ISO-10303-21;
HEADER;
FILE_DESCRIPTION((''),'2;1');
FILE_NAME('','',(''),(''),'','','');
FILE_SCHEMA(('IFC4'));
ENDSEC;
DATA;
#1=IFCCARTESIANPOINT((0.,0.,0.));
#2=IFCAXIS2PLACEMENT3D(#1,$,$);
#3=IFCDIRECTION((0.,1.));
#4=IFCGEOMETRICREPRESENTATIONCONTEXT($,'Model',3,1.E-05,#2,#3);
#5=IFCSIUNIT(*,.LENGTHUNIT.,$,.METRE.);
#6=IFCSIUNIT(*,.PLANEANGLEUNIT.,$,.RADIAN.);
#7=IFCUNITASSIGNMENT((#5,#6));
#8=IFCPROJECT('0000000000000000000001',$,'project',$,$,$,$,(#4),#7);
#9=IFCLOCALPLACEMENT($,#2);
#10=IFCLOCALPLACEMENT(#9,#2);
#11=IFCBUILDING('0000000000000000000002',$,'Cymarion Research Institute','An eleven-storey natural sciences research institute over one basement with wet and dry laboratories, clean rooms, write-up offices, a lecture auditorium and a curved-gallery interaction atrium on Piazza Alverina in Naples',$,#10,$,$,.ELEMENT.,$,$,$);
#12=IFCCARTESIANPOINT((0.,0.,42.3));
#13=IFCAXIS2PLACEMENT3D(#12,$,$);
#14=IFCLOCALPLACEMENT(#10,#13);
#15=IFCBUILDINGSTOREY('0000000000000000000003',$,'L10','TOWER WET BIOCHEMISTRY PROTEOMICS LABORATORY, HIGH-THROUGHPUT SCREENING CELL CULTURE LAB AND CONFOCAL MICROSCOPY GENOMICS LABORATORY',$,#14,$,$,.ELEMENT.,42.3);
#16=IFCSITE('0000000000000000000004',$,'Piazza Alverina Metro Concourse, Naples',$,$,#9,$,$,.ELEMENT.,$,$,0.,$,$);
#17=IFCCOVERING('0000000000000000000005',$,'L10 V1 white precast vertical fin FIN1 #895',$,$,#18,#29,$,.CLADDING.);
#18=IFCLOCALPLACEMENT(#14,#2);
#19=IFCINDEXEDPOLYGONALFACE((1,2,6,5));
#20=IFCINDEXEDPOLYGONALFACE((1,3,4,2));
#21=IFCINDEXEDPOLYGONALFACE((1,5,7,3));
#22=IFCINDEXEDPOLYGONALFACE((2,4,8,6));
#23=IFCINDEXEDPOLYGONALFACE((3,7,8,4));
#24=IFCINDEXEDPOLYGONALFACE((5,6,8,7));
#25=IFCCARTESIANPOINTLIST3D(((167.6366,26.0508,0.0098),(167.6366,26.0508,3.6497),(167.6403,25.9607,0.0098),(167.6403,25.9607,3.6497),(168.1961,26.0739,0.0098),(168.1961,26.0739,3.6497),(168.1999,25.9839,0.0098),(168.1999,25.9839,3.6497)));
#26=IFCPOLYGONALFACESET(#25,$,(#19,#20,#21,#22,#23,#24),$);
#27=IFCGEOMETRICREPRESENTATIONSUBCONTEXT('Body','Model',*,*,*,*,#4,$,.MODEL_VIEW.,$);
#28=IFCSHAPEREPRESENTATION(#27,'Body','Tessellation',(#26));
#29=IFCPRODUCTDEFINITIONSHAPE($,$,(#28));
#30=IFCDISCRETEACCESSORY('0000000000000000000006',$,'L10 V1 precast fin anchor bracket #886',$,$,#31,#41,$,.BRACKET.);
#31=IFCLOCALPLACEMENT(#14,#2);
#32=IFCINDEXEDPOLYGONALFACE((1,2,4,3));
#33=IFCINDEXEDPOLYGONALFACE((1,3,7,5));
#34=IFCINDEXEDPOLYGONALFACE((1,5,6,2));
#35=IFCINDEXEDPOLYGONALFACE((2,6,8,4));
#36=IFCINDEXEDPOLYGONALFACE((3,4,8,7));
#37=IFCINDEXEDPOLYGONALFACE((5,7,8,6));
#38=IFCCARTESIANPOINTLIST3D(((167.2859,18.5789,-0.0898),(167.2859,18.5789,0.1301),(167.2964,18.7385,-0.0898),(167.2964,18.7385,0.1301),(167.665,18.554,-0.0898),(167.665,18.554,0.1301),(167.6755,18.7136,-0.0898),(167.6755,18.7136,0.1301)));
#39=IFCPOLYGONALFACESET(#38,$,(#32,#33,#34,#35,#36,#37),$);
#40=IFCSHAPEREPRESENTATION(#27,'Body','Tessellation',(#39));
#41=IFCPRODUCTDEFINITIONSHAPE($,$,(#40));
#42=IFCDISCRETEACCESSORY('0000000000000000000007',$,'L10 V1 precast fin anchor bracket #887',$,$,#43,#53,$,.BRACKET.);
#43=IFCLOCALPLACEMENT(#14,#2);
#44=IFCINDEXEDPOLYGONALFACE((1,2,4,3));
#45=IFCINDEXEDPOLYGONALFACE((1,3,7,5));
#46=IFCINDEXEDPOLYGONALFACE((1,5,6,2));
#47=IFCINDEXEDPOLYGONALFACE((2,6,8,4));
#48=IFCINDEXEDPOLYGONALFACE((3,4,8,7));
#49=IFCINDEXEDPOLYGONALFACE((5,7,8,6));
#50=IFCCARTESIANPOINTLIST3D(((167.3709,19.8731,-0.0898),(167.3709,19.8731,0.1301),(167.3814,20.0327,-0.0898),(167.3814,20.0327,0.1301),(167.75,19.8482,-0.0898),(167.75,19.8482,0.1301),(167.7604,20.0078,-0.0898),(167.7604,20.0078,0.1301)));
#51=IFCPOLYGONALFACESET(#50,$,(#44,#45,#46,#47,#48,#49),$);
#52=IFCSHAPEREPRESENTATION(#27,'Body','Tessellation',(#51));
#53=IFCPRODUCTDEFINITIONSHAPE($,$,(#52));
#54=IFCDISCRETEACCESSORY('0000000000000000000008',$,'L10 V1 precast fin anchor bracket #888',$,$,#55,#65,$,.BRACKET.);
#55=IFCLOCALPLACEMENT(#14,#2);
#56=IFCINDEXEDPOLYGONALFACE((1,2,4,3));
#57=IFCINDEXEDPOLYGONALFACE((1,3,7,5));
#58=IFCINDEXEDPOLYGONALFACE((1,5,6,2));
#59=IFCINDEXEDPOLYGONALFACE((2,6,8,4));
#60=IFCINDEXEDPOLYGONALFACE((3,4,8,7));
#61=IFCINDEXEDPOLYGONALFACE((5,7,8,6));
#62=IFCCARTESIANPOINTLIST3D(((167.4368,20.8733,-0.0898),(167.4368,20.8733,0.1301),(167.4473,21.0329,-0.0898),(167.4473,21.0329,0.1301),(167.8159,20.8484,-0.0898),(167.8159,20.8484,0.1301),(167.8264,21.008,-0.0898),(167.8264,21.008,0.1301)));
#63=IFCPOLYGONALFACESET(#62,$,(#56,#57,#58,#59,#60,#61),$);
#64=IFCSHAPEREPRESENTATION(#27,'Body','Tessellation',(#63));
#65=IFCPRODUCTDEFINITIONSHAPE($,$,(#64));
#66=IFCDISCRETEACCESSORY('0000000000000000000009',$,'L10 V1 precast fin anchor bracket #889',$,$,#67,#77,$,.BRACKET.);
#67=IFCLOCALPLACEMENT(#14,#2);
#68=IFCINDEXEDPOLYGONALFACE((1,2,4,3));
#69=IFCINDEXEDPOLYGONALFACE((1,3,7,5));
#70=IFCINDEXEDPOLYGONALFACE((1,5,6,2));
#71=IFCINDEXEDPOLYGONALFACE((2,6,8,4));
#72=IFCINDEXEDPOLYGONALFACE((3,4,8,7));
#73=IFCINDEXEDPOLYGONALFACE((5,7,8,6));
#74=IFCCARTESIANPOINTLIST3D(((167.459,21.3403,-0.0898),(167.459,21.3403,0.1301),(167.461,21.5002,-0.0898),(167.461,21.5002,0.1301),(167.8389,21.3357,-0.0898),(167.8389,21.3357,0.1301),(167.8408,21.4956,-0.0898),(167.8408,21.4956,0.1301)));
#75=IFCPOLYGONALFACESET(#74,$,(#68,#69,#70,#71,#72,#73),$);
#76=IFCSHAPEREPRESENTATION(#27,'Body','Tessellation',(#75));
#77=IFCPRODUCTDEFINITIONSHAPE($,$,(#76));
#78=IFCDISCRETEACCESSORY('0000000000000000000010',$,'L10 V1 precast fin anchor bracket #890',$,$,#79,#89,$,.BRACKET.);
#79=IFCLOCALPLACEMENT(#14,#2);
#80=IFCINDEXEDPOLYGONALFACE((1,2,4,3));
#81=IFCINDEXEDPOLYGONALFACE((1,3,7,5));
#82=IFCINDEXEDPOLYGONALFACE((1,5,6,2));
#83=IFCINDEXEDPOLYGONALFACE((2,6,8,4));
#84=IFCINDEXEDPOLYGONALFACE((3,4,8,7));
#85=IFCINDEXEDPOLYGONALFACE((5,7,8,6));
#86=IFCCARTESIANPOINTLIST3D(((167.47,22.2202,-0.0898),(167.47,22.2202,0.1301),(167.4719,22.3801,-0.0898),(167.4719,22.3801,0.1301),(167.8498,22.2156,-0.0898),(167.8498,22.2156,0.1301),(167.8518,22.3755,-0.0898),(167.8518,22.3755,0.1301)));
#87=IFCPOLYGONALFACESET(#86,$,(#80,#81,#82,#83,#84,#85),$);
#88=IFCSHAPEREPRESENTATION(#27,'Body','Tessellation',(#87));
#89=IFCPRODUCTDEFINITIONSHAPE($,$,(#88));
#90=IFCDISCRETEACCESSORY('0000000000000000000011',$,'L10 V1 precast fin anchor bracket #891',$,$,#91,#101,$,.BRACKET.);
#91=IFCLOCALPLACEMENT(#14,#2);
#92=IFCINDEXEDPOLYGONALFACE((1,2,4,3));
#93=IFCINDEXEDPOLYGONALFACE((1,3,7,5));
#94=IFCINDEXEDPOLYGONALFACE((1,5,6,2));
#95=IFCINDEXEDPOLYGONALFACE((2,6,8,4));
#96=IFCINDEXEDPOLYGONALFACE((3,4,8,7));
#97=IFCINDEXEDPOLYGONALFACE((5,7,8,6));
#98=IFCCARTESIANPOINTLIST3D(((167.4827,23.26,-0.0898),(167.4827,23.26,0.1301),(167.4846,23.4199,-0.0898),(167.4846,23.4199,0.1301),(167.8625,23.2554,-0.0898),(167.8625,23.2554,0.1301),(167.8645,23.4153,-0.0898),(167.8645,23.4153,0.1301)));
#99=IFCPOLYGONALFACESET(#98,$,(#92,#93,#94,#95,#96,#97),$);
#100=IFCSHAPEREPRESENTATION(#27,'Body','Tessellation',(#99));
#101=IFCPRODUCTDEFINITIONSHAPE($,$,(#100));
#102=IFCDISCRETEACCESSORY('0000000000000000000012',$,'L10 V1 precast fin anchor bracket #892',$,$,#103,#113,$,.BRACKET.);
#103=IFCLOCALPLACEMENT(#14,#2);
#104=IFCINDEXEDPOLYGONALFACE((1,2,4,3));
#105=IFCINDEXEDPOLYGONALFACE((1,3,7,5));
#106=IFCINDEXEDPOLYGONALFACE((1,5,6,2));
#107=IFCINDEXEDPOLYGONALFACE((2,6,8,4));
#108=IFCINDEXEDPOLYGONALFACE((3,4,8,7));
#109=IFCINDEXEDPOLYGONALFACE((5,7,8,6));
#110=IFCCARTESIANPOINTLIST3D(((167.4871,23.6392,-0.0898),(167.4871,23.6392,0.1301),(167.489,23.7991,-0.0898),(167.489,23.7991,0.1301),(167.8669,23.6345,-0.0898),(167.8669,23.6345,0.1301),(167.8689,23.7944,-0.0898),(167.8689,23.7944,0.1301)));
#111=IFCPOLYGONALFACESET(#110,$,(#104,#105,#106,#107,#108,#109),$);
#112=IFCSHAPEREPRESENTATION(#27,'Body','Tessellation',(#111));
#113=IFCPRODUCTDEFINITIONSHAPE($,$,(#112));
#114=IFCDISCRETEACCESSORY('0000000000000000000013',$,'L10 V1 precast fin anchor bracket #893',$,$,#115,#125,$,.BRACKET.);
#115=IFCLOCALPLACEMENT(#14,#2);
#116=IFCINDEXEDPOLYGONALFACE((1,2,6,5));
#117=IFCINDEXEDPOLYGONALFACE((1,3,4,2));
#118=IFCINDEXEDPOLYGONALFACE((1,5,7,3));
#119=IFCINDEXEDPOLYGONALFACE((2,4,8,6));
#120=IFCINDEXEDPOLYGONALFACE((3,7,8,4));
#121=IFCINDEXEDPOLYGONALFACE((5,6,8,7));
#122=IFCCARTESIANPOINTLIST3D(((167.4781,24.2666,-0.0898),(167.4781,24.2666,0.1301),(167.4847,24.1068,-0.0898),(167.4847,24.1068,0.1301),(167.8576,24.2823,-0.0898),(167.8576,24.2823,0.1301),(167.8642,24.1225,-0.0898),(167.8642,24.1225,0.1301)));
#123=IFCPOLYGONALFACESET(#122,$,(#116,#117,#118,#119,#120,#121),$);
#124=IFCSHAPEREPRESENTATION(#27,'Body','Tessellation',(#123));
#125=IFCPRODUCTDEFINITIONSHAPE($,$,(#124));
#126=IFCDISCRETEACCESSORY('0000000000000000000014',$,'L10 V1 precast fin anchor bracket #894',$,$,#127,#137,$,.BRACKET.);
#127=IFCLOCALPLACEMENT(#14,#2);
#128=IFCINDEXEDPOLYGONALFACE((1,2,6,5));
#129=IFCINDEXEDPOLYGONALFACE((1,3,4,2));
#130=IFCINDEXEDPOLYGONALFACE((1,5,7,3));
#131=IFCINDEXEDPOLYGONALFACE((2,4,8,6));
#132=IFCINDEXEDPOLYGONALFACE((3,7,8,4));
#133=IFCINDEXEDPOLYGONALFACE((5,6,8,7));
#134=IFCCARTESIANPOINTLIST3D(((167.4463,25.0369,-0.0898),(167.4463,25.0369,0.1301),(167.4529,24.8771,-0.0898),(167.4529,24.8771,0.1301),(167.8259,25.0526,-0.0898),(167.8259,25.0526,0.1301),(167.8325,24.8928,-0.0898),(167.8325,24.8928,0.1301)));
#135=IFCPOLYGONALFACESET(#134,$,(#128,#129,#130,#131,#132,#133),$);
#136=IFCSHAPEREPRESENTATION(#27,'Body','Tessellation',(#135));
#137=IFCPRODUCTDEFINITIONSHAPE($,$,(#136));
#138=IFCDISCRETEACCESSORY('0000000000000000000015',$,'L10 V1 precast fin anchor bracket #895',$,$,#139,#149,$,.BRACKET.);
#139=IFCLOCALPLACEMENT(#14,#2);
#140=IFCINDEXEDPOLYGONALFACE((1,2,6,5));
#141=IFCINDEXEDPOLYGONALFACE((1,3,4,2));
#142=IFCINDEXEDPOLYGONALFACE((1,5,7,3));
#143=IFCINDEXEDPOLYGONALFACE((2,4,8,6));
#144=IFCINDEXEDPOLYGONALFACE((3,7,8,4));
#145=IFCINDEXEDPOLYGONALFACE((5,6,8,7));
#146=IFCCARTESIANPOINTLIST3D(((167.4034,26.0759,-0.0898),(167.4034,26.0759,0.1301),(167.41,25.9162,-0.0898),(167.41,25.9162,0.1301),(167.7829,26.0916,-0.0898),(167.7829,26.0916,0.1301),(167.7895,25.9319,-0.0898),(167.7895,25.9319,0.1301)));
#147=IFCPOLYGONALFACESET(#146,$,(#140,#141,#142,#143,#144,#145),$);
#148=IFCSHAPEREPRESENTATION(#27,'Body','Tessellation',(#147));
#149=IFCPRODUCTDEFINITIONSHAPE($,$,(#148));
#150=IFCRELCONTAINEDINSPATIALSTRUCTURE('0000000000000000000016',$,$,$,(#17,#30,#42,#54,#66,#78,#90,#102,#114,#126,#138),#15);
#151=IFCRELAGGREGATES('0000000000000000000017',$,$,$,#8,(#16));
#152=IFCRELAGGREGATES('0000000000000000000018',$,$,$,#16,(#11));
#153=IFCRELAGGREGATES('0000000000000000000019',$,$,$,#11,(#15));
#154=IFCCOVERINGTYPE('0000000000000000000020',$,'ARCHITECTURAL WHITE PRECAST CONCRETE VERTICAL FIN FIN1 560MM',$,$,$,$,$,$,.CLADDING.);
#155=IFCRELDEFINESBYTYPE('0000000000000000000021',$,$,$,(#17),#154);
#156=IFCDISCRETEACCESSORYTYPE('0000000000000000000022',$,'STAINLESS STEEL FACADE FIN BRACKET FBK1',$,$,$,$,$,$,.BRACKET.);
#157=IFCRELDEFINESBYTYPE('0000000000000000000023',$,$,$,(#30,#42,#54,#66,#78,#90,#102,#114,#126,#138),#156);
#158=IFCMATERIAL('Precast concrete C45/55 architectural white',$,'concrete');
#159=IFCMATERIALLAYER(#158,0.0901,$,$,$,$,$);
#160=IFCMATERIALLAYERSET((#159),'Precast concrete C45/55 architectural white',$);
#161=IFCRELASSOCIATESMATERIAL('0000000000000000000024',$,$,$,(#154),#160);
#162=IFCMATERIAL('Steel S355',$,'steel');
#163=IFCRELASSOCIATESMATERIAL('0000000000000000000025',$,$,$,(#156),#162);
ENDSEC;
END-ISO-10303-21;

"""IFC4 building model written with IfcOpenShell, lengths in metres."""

from ifc_helpers import new_model, si_unit, direction, frame, origin, origin_2d, place, context, subcontext, project, spatial, rectangle, extrude, material, layer, layer_set, type_object, element, save


model = new_model("IFC4")

# Units and contexts
model_context = context("Model", 3, precision=1e-05, world=origin(), true_north=direction((0.0, 1.0)))
body_context = subcontext(model_context, "Body", "Model", "MODEL_VIEW")
ifc_project = project(units=[si_unit("LENGTHUNIT", "METRE"), si_unit("PLANEANGLEUNIT", "RADIAN")], contexts=[model_context])

# Site, building, storey
site_placement = place(None, origin())
site = spatial("IfcSite", under=ifc_project, at=site_placement, Name="Piazza Alverina Metro Concourse, Naples", CompositionType="ELEMENT", RefElevation=0.0)
building_placement = place(site_placement, origin())
building = spatial("IfcBuilding", under=site, at=building_placement, Name="Cymarion Research Institute", Description="An eleven-storey natural sciences research institute over one basement with wet and dry laboratories, clean rooms, write-up offices, a lecture auditorium and a curved-gallery interaction atrium on Piazza Alverina in Naples", CompositionType="ELEMENT")
storey_placement = place(building_placement, frame((0.0, 0.0, 42.3)))
storey = spatial("IfcBuildingStorey", under=building, at=storey_placement, Name="L10", Description="TOWER WET BIOCHEMISTRY PROTEOMICS LABORATORY, HIGH-THROUGHPUT SCREENING CELL CULTURE LAB AND CONFOCAL MICROSCOPY GENOMICS LABORATORY", CompositionType="ELEMENT", Elevation=42.3)

# Shared definitions
ifc_material_1 = material(Name="Steel S355", Category="steel")

# Covering
ifc_material_2 = material(Name="Precast concrete C45/55 architectural white", Category="concrete")
ifc_layer_1 = layer(ifc_material_2, 0.0901)
ifc_layer_set_1 = layer_set([ifc_layer_1], Name="Precast concrete C45/55 architectural white")
covering_type = type_object("IfcCoveringType", Name="ARCHITECTURAL WHITE PRECAST CONCRETE VERTICAL FIN FIN1 560MM", PredefinedType="CLADDING", material=ifc_layer_set_1)
for number, where, z_axis, x_axis, name in (
    (1, (167.9182, 26.0173, 0.0098), (0.0, 0.0, 1.0), (0.999145, 0.041353, 0.0), "L10 V1 white precast vertical fin FIN1 #895"),
):
    element("IfcCovering", number, at=place(storey_placement, frame(where, z_axis=z_axis, x_axis=x_axis)), inside=storey, type_object=covering_type, Name=name, PredefinedType="CLADDING", context=body_context, shape_type="SweptSolid", body=[
        extrude(rectangle(XDim=0.5601, YDim=0.0901, at=origin_2d()), origin(), (0.0, 0.0, 1.0), 3.6399),
    ])

# Discrete accessories
discrete_accessory_type = type_object("IfcDiscreteAccessoryType", Name="STAINLESS STEEL FACADE FIN BRACKET FBK1", PredefinedType="BRACKET", material=ifc_material_1)
for number, where, z_axis, x_axis, name in (
    (2, (167.4807, 18.6462, -0.0898), (0.0, 0.0, 1.0), (0.997847, -0.065577, 0.0), "L10 V1 precast fin anchor bracket #886"),
    (3, (167.5657, 19.9404, -0.0898), (0.0, 0.0, 1.0), (0.997847, -0.065577, 0.0), "L10 V1 precast fin anchor bracket #887"),
    (4, (167.6316, 20.9407, -0.0898), (0.0, 0.0, 1.0), (0.997847, -0.065577, 0.0), "L10 V1 precast fin anchor bracket #888"),
    (5, (167.6499, 21.418, -0.0898), (0.0, 0.0, 1.0), (0.999925, -0.012217, 0.0), "L10 V1 precast fin anchor bracket #889"),
    (6, (167.6609, 22.2979, -0.0898), (0.0, 0.0, 1.0), (0.999925, -0.012217, 0.0), "L10 V1 precast fin anchor bracket #890"),
    (7, (167.6736, 23.3376, -0.0898), (0.0, 0.0, 1.0), (0.999925, -0.012217, 0.0), "L10 V1 precast fin anchor bracket #891"),
    (8, (167.678, 23.7168, -0.0898), (0.0, 0.0, 1.0), (0.999925, -0.012217, 0.0), "L10 V1 precast fin anchor bracket #892"),
    (9, (167.6711, 24.1946, -0.0898), (0.0, 0.0, 1.0), (0.999145, 0.041353, 0.0), "L10 V1 precast fin anchor bracket #893"),
    (10, (167.6394, 24.9648, -0.0898), (0.0, 0.0, 1.0), (0.999145, 0.041353, 0.0), "L10 V1 precast fin anchor bracket #894"),
    (11, (167.5964, 26.0039, -0.0898), (0.0, 0.0, 1.0), (0.999145, 0.041353, 0.0), "L10 V1 precast fin anchor bracket #895"),
):
    element("IfcDiscreteAccessory", number, at=place(storey_placement, frame(where, z_axis=z_axis, x_axis=x_axis)), inside=storey, type_object=discrete_accessory_type, Name=name, PredefinedType="BRACKET", context=body_context, shape_type="SweptSolid", body=[
        extrude(rectangle(XDim=0.3799, YDim=0.1599, at=origin_2d()), origin(), (0.0, 0.0, 1.0), 0.22),
    ])

save(model, "model.ifc")
